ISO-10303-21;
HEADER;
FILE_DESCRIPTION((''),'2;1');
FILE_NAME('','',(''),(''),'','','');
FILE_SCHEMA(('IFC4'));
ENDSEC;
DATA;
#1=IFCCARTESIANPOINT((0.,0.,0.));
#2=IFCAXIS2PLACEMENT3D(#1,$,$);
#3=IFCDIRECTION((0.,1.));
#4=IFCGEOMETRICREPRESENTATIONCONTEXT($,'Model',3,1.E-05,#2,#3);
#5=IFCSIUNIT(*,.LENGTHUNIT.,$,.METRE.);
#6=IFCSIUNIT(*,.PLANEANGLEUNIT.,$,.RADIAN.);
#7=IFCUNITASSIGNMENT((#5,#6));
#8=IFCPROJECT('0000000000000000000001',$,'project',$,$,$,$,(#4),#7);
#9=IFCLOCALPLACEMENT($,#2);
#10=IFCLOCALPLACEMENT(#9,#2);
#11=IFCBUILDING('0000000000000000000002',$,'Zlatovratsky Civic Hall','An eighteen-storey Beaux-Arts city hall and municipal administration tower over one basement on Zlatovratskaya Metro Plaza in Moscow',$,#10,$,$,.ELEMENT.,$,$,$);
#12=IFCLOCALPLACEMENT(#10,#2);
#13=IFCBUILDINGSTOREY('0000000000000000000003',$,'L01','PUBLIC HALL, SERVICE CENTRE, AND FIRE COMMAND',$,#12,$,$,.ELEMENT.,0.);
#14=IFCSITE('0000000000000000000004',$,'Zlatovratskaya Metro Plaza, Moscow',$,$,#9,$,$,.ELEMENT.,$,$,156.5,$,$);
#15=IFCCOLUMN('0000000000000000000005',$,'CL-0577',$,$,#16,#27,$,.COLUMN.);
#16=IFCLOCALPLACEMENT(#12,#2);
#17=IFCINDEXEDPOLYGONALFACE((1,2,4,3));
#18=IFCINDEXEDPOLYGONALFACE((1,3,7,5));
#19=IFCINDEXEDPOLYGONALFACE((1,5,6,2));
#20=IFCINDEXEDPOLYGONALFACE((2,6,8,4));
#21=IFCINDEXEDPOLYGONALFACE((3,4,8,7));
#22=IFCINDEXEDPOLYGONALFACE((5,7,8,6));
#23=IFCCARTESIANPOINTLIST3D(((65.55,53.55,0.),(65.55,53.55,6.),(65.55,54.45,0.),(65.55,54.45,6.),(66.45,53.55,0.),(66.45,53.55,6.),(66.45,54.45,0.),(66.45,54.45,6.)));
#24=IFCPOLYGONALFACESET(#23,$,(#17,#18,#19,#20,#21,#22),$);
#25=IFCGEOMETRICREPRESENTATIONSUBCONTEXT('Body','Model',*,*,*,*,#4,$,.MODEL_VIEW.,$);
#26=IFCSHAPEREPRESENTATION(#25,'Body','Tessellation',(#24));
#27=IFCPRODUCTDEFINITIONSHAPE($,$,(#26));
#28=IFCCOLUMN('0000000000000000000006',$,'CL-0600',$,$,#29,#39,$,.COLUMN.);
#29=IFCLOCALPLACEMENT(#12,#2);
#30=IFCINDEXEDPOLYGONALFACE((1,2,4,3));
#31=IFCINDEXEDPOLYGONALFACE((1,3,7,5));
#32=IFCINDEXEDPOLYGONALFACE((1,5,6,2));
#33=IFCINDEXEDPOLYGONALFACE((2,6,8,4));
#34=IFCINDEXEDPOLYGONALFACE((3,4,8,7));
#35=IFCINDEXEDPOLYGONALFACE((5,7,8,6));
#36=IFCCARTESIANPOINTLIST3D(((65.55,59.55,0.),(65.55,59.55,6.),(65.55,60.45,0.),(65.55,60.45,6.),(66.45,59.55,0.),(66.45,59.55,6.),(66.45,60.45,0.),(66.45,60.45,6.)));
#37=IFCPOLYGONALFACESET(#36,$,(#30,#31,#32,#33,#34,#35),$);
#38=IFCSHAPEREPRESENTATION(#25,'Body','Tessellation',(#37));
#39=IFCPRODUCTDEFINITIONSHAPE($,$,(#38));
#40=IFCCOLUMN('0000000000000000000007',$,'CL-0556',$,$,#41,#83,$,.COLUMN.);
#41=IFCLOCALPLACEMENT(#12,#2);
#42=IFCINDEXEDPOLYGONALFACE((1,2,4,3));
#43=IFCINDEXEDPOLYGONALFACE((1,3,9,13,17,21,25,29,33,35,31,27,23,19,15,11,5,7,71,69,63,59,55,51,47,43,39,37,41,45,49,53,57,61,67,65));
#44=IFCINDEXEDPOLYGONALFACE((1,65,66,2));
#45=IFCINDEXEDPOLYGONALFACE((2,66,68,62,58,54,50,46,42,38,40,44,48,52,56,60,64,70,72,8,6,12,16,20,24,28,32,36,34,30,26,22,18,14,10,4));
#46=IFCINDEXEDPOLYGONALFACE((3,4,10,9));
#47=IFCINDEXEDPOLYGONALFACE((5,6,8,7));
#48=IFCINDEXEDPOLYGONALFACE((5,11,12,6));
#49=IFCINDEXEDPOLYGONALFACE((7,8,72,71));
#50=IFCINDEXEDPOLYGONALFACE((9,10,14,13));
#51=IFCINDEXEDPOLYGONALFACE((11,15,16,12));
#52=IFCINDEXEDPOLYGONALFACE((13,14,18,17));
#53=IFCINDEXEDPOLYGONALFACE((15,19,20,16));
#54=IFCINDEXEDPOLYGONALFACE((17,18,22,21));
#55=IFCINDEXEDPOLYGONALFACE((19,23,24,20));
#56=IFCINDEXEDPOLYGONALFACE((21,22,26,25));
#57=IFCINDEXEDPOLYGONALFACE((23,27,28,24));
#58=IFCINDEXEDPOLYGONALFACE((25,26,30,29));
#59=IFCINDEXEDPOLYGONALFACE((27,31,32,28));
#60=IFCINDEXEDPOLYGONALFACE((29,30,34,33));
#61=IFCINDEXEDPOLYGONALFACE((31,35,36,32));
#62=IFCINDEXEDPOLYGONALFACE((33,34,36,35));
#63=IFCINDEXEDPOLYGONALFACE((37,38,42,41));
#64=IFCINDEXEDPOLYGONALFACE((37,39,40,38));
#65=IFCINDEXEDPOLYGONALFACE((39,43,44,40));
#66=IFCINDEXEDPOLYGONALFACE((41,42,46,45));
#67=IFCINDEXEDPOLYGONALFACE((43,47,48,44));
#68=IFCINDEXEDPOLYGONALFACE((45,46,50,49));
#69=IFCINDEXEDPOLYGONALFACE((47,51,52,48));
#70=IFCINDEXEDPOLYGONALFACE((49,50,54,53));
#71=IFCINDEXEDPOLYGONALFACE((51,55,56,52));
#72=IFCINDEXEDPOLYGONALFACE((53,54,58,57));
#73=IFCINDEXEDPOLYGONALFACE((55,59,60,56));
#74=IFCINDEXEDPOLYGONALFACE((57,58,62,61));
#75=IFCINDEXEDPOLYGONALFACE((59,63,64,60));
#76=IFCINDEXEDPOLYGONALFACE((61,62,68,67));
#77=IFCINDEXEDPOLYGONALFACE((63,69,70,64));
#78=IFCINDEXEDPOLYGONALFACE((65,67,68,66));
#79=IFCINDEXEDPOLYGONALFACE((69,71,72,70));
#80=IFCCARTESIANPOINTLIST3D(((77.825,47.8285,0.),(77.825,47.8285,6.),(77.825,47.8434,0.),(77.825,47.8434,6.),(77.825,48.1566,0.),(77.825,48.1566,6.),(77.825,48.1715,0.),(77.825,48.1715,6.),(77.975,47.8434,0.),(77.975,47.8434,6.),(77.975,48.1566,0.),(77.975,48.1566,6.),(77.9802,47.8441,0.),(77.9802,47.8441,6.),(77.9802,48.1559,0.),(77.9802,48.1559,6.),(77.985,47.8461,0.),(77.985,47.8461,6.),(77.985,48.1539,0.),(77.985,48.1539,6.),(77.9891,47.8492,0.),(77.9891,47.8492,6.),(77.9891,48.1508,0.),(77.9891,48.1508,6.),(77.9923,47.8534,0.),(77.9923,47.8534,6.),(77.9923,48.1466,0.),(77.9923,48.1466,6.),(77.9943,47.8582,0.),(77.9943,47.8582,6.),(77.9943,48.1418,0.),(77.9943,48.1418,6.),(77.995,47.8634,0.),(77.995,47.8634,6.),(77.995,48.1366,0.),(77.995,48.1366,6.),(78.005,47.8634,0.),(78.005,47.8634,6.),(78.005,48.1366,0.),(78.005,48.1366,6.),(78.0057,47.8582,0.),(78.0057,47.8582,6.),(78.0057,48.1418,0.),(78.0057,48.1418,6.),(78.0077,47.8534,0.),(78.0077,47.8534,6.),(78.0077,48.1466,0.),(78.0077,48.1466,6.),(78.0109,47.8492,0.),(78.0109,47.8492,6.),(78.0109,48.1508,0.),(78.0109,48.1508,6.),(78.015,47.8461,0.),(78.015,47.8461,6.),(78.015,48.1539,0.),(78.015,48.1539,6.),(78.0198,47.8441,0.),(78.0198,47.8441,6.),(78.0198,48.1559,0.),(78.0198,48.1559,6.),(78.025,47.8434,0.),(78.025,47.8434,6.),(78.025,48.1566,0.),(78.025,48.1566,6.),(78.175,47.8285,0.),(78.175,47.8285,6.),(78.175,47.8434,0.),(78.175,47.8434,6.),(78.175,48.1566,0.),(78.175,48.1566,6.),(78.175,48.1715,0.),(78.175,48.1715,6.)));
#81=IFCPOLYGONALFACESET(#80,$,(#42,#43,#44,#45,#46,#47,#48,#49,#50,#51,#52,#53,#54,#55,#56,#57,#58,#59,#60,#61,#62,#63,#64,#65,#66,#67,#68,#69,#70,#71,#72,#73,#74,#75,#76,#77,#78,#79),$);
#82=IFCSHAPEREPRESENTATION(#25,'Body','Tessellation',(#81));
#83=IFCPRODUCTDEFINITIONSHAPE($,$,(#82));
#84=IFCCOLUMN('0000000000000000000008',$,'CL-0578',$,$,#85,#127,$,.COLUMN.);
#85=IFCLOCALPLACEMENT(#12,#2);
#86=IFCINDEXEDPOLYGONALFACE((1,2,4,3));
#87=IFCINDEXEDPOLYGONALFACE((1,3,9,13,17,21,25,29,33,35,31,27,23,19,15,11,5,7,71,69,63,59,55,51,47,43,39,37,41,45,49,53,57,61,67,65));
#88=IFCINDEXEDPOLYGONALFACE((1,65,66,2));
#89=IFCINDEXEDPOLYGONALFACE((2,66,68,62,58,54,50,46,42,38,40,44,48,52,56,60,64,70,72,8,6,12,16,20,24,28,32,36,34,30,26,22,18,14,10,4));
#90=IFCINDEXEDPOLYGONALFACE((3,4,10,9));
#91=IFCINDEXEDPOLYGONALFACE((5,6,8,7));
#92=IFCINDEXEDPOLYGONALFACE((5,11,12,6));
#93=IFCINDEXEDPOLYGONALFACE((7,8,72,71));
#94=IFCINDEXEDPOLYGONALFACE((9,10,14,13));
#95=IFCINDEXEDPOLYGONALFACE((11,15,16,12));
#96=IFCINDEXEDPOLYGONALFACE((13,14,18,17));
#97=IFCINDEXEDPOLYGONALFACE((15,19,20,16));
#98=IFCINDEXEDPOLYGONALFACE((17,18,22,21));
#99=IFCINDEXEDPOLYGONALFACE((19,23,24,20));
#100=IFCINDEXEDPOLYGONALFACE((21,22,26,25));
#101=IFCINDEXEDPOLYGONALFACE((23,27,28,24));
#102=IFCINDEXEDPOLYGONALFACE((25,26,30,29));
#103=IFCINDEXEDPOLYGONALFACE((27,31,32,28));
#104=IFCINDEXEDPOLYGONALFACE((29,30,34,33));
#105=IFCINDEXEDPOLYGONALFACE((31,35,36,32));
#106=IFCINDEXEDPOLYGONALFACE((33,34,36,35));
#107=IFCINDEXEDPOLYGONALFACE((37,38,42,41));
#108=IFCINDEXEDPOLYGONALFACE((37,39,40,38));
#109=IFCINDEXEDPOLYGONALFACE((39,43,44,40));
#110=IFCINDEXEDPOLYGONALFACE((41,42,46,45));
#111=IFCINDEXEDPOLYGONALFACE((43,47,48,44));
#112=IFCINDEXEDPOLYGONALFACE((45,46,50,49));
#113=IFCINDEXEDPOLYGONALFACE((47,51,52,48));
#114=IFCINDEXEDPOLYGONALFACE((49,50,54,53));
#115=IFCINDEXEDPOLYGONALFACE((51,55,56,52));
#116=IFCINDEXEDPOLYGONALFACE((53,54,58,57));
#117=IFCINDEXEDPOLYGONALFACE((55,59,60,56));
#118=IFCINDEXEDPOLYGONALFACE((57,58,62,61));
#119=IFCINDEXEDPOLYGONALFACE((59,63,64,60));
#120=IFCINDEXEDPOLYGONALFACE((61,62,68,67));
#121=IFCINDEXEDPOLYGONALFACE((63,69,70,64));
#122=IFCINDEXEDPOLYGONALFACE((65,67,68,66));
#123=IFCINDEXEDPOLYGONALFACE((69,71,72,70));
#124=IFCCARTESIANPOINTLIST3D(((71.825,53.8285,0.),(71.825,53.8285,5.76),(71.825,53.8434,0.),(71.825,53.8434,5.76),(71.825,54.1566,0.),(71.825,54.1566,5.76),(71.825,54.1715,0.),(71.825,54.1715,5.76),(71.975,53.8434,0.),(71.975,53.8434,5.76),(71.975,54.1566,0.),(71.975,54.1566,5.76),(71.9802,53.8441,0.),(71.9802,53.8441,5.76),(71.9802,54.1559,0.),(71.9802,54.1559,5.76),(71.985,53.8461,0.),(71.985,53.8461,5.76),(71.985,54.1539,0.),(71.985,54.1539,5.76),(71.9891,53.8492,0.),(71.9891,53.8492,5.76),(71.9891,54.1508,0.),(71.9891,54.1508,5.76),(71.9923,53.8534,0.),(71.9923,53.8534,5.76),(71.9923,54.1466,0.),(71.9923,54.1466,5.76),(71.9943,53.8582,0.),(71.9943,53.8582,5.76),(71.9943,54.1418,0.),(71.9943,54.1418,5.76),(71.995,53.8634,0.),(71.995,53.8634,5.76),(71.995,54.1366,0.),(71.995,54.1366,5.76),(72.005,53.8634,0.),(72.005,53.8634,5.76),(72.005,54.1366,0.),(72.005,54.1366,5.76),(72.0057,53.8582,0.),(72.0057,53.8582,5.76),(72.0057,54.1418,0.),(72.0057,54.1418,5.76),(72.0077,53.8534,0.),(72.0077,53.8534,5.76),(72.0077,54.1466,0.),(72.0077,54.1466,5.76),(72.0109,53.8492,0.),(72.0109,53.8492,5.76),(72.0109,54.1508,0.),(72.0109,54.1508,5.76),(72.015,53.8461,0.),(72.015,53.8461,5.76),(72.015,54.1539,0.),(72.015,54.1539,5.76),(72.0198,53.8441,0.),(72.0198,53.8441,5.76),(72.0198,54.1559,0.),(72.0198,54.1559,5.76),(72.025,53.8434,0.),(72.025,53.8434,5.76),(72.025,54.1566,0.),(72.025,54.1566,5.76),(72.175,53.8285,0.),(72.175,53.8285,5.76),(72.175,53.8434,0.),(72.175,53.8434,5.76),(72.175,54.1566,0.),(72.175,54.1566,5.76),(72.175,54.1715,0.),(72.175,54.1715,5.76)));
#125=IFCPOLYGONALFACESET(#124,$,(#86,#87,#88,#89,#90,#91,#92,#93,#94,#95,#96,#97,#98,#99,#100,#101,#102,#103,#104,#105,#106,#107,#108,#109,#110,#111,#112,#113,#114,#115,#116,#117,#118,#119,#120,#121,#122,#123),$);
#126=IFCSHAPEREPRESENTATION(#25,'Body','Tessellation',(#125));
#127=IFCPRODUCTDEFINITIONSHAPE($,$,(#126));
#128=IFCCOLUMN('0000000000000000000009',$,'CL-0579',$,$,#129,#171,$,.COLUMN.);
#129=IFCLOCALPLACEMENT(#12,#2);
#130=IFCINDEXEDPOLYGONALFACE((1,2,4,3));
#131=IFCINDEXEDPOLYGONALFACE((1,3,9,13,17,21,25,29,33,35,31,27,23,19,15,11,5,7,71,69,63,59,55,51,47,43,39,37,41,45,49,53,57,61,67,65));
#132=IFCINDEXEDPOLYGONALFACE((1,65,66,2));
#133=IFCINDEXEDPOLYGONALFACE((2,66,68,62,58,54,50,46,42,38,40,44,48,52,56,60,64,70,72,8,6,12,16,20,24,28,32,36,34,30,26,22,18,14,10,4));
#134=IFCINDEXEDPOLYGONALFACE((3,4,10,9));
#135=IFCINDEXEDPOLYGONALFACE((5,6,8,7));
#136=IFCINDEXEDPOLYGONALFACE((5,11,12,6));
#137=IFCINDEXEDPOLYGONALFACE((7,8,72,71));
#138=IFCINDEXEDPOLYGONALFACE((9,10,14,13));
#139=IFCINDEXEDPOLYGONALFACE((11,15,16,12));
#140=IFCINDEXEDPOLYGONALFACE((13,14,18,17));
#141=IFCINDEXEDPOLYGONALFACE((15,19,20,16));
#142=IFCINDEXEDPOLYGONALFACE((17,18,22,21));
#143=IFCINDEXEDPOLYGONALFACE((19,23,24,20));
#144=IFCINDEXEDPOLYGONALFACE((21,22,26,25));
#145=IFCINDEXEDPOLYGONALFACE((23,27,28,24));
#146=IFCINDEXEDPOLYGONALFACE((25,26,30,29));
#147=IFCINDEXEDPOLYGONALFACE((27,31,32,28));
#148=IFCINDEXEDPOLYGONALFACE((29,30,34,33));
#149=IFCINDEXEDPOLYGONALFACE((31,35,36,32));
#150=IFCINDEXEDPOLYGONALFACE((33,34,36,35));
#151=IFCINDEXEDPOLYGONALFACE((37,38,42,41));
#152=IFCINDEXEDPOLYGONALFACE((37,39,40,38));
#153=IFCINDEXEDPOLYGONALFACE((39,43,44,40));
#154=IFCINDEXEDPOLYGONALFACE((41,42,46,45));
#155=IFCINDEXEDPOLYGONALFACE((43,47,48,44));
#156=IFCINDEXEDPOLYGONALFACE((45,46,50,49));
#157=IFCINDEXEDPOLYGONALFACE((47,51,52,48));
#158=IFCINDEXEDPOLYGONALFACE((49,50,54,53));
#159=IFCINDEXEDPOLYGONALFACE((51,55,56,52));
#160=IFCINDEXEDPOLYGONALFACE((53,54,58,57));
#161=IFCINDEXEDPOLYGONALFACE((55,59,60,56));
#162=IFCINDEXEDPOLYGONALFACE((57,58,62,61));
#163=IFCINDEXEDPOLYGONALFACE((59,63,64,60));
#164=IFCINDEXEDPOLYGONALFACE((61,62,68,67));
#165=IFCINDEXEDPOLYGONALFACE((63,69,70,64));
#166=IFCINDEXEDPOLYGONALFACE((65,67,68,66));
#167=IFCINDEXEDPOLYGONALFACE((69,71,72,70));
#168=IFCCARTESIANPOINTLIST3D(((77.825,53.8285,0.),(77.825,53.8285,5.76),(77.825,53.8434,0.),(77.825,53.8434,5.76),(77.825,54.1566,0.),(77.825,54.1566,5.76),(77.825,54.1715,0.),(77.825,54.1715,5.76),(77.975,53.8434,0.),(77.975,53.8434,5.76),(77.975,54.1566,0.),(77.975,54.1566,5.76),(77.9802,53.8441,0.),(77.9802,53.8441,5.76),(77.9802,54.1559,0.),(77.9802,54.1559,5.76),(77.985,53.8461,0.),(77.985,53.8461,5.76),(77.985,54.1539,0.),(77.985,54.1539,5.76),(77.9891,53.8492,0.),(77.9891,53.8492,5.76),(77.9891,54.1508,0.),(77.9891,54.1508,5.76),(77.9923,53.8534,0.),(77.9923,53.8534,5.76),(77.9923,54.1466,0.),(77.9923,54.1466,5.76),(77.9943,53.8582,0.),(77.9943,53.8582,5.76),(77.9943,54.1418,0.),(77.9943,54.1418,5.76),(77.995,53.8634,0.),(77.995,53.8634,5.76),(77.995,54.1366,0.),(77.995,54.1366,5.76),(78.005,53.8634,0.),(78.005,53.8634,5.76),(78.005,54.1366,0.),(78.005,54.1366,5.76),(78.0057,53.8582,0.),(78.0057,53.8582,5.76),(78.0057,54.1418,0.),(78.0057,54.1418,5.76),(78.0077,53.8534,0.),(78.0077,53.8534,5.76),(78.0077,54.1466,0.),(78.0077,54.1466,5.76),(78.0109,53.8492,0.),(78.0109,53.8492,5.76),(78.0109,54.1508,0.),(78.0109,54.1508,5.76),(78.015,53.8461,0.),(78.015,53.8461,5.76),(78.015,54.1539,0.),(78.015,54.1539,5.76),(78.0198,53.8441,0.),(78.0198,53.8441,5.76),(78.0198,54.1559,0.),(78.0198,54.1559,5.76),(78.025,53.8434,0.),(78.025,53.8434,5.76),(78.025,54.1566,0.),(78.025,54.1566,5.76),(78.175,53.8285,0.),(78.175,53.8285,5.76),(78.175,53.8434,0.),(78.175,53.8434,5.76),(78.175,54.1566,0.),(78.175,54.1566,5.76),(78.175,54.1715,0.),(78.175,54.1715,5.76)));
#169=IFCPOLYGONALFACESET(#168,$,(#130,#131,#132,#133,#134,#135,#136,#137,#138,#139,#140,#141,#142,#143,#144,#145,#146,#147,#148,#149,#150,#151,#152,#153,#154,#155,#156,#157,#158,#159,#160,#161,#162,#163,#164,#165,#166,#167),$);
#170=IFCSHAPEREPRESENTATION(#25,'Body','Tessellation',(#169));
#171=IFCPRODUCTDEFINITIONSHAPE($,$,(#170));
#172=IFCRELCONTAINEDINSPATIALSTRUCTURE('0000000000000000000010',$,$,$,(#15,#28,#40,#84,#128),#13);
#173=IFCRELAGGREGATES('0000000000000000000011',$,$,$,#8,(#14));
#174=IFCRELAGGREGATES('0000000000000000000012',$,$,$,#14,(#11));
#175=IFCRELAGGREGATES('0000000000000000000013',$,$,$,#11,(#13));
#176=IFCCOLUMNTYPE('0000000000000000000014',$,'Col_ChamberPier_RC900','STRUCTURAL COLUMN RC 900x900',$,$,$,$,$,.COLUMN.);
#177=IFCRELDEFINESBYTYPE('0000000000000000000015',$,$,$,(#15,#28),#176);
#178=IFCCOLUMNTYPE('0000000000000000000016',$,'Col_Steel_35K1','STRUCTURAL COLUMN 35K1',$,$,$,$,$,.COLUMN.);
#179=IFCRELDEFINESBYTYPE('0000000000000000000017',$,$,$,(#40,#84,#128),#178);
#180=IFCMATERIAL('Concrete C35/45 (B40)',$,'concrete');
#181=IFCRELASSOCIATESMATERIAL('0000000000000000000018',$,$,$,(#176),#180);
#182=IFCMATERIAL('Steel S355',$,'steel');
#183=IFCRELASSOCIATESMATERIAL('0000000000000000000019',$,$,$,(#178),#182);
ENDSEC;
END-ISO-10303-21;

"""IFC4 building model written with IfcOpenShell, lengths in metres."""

from ifc_helpers import new_model, si_unit, direction, frame, origin, origin_2d, place, context, subcontext, project, spatial, rectangle, i_section, extrude, material, material_profile, profile_set, type_object, element, save


model = new_model("IFC4")

# Units and contexts
model_context = context("Model", 3, precision=1e-05, world=origin(), true_north=direction((0.0, 1.0)))
body_context = subcontext(model_context, "Body", "Model", "MODEL_VIEW")
ifc_project = project(units=[si_unit("LENGTHUNIT", "METRE"), si_unit("PLANEANGLEUNIT", "RADIAN")], contexts=[model_context])

# Site, building, storey
site_placement = place(None, origin())
site = spatial("IfcSite", under=ifc_project, at=site_placement, Name="Zlatovratskaya Metro Plaza, Moscow", CompositionType="ELEMENT", RefElevation=156.5)
building_placement = place(site_placement, origin())
building = spatial("IfcBuilding", under=site, at=building_placement, Name="Zlatovratsky Civic Hall", Description="An eighteen-storey Beaux-Arts city hall and municipal administration tower over one basement on Zlatovratskaya Metro Plaza in Moscow", CompositionType="ELEMENT")
storey_placement = place(building_placement, origin())
storey = spatial("IfcBuildingStorey", under=building, at=storey_placement, Name="L01", Description="PUBLIC HALL, SERVICE CENTRE, AND FIRE COMMAND", CompositionType="ELEMENT", Elevation=0.0)

# Columns
ifc_material_1 = material(Name="Concrete C35/45 (B40)", Category="concrete")
ifc_material_profile_1 = material_profile(ifc_material_1, rectangle(XDim=0.8999, YDim=0.8999, at=origin_2d()), Name="RC 900x900")
ifc_profile_set_1 = profile_set([ifc_material_profile_1], Name="Concrete C35/45 (B40)")
column_type_1 = type_object("IfcColumnType", Name="Col_ChamberPier_RC900", Description="STRUCTURAL COLUMN RC 900x900", PredefinedType="COLUMN", material=ifc_profile_set_1)
for number, where, z_axis, x_axis, name in (
    (1, (66.0, 54.0, 0.0), (0.0, 0.0, 1.0), (1.0, 0.0, 0.0), "CL-0577"),
    (2, (66.0, 60.0, 0.0), (0.0, 0.0, 1.0), (1.0, 0.0, 0.0), "CL-0600"),
):
    element("IfcColumn", number, at=place(storey_placement, frame(where, z_axis=z_axis, x_axis=x_axis)), inside=storey, type_object=column_type_1, Name=name, PredefinedType="COLUMN", context=body_context, shape_type="SweptSolid", body=[
        extrude(rectangle(XDim=0.8999, YDim=0.8999, at=origin_2d()), origin(), (0.0, 0.0, 1.0), 6.0),
    ])
ifc_material_2 = material(Name="Steel S355", Category="steel")
ifc_material_profile_2 = material_profile(ifc_material_2, i_section(OverallWidth=0.3501, OverallDepth=0.343, WebThickness=0.01, FlangeThickness=0.0149, FilletRadius=0.02, at=origin_2d()), Name="35K1")
ifc_profile_set_2 = profile_set([ifc_material_profile_2], Name="Steel S355")
column_type_2 = type_object("IfcColumnType", Name="Col_Steel_35K1", Description="STRUCTURAL COLUMN 35K1", PredefinedType="COLUMN", material=ifc_profile_set_2)
column_placement = place(storey_placement, frame((78.0, 48.0, 0.0), z_axis=(0.0, 0.0, 1.0), x_axis=(1.0, 0.0, 0.0)))
element("IfcColumn", 3, at=column_placement, inside=storey, type_object=column_type_2, Name="CL-0556", PredefinedType="COLUMN", context=body_context, shape_type="SweptSolid", body=[
    extrude(i_section(OverallWidth=0.3501, OverallDepth=0.343, WebThickness=0.01, FlangeThickness=0.0149, FilletRadius=0.02, at=origin_2d()), origin(), (0.0, 0.0, 1.0), 6.0),
])
for number, where, z_axis, x_axis, name in (
    (4, (72.0, 54.0, 0.0), (0.0, 0.0, 1.0), (1.0, 0.0, 0.0), "CL-0578"),
    (5, (78.0, 54.0, 0.0), (0.0, 0.0, 1.0), (1.0, 0.0, 0.0), "CL-0579"),
):
    element("IfcColumn", number, at=place(storey_placement, frame(where, z_axis=z_axis, x_axis=x_axis)), inside=storey, type_object=column_type_2, Name=name, PredefinedType="COLUMN", context=body_context, shape_type="SweptSolid", body=[
        extrude(i_section(OverallWidth=0.3501, OverallDepth=0.343, WebThickness=0.01, FlangeThickness=0.0149, FilletRadius=0.02, at=origin_2d()), origin(), (0.0, 0.0, 1.0), 5.76),
    ])

save(model, "model.ifc")
